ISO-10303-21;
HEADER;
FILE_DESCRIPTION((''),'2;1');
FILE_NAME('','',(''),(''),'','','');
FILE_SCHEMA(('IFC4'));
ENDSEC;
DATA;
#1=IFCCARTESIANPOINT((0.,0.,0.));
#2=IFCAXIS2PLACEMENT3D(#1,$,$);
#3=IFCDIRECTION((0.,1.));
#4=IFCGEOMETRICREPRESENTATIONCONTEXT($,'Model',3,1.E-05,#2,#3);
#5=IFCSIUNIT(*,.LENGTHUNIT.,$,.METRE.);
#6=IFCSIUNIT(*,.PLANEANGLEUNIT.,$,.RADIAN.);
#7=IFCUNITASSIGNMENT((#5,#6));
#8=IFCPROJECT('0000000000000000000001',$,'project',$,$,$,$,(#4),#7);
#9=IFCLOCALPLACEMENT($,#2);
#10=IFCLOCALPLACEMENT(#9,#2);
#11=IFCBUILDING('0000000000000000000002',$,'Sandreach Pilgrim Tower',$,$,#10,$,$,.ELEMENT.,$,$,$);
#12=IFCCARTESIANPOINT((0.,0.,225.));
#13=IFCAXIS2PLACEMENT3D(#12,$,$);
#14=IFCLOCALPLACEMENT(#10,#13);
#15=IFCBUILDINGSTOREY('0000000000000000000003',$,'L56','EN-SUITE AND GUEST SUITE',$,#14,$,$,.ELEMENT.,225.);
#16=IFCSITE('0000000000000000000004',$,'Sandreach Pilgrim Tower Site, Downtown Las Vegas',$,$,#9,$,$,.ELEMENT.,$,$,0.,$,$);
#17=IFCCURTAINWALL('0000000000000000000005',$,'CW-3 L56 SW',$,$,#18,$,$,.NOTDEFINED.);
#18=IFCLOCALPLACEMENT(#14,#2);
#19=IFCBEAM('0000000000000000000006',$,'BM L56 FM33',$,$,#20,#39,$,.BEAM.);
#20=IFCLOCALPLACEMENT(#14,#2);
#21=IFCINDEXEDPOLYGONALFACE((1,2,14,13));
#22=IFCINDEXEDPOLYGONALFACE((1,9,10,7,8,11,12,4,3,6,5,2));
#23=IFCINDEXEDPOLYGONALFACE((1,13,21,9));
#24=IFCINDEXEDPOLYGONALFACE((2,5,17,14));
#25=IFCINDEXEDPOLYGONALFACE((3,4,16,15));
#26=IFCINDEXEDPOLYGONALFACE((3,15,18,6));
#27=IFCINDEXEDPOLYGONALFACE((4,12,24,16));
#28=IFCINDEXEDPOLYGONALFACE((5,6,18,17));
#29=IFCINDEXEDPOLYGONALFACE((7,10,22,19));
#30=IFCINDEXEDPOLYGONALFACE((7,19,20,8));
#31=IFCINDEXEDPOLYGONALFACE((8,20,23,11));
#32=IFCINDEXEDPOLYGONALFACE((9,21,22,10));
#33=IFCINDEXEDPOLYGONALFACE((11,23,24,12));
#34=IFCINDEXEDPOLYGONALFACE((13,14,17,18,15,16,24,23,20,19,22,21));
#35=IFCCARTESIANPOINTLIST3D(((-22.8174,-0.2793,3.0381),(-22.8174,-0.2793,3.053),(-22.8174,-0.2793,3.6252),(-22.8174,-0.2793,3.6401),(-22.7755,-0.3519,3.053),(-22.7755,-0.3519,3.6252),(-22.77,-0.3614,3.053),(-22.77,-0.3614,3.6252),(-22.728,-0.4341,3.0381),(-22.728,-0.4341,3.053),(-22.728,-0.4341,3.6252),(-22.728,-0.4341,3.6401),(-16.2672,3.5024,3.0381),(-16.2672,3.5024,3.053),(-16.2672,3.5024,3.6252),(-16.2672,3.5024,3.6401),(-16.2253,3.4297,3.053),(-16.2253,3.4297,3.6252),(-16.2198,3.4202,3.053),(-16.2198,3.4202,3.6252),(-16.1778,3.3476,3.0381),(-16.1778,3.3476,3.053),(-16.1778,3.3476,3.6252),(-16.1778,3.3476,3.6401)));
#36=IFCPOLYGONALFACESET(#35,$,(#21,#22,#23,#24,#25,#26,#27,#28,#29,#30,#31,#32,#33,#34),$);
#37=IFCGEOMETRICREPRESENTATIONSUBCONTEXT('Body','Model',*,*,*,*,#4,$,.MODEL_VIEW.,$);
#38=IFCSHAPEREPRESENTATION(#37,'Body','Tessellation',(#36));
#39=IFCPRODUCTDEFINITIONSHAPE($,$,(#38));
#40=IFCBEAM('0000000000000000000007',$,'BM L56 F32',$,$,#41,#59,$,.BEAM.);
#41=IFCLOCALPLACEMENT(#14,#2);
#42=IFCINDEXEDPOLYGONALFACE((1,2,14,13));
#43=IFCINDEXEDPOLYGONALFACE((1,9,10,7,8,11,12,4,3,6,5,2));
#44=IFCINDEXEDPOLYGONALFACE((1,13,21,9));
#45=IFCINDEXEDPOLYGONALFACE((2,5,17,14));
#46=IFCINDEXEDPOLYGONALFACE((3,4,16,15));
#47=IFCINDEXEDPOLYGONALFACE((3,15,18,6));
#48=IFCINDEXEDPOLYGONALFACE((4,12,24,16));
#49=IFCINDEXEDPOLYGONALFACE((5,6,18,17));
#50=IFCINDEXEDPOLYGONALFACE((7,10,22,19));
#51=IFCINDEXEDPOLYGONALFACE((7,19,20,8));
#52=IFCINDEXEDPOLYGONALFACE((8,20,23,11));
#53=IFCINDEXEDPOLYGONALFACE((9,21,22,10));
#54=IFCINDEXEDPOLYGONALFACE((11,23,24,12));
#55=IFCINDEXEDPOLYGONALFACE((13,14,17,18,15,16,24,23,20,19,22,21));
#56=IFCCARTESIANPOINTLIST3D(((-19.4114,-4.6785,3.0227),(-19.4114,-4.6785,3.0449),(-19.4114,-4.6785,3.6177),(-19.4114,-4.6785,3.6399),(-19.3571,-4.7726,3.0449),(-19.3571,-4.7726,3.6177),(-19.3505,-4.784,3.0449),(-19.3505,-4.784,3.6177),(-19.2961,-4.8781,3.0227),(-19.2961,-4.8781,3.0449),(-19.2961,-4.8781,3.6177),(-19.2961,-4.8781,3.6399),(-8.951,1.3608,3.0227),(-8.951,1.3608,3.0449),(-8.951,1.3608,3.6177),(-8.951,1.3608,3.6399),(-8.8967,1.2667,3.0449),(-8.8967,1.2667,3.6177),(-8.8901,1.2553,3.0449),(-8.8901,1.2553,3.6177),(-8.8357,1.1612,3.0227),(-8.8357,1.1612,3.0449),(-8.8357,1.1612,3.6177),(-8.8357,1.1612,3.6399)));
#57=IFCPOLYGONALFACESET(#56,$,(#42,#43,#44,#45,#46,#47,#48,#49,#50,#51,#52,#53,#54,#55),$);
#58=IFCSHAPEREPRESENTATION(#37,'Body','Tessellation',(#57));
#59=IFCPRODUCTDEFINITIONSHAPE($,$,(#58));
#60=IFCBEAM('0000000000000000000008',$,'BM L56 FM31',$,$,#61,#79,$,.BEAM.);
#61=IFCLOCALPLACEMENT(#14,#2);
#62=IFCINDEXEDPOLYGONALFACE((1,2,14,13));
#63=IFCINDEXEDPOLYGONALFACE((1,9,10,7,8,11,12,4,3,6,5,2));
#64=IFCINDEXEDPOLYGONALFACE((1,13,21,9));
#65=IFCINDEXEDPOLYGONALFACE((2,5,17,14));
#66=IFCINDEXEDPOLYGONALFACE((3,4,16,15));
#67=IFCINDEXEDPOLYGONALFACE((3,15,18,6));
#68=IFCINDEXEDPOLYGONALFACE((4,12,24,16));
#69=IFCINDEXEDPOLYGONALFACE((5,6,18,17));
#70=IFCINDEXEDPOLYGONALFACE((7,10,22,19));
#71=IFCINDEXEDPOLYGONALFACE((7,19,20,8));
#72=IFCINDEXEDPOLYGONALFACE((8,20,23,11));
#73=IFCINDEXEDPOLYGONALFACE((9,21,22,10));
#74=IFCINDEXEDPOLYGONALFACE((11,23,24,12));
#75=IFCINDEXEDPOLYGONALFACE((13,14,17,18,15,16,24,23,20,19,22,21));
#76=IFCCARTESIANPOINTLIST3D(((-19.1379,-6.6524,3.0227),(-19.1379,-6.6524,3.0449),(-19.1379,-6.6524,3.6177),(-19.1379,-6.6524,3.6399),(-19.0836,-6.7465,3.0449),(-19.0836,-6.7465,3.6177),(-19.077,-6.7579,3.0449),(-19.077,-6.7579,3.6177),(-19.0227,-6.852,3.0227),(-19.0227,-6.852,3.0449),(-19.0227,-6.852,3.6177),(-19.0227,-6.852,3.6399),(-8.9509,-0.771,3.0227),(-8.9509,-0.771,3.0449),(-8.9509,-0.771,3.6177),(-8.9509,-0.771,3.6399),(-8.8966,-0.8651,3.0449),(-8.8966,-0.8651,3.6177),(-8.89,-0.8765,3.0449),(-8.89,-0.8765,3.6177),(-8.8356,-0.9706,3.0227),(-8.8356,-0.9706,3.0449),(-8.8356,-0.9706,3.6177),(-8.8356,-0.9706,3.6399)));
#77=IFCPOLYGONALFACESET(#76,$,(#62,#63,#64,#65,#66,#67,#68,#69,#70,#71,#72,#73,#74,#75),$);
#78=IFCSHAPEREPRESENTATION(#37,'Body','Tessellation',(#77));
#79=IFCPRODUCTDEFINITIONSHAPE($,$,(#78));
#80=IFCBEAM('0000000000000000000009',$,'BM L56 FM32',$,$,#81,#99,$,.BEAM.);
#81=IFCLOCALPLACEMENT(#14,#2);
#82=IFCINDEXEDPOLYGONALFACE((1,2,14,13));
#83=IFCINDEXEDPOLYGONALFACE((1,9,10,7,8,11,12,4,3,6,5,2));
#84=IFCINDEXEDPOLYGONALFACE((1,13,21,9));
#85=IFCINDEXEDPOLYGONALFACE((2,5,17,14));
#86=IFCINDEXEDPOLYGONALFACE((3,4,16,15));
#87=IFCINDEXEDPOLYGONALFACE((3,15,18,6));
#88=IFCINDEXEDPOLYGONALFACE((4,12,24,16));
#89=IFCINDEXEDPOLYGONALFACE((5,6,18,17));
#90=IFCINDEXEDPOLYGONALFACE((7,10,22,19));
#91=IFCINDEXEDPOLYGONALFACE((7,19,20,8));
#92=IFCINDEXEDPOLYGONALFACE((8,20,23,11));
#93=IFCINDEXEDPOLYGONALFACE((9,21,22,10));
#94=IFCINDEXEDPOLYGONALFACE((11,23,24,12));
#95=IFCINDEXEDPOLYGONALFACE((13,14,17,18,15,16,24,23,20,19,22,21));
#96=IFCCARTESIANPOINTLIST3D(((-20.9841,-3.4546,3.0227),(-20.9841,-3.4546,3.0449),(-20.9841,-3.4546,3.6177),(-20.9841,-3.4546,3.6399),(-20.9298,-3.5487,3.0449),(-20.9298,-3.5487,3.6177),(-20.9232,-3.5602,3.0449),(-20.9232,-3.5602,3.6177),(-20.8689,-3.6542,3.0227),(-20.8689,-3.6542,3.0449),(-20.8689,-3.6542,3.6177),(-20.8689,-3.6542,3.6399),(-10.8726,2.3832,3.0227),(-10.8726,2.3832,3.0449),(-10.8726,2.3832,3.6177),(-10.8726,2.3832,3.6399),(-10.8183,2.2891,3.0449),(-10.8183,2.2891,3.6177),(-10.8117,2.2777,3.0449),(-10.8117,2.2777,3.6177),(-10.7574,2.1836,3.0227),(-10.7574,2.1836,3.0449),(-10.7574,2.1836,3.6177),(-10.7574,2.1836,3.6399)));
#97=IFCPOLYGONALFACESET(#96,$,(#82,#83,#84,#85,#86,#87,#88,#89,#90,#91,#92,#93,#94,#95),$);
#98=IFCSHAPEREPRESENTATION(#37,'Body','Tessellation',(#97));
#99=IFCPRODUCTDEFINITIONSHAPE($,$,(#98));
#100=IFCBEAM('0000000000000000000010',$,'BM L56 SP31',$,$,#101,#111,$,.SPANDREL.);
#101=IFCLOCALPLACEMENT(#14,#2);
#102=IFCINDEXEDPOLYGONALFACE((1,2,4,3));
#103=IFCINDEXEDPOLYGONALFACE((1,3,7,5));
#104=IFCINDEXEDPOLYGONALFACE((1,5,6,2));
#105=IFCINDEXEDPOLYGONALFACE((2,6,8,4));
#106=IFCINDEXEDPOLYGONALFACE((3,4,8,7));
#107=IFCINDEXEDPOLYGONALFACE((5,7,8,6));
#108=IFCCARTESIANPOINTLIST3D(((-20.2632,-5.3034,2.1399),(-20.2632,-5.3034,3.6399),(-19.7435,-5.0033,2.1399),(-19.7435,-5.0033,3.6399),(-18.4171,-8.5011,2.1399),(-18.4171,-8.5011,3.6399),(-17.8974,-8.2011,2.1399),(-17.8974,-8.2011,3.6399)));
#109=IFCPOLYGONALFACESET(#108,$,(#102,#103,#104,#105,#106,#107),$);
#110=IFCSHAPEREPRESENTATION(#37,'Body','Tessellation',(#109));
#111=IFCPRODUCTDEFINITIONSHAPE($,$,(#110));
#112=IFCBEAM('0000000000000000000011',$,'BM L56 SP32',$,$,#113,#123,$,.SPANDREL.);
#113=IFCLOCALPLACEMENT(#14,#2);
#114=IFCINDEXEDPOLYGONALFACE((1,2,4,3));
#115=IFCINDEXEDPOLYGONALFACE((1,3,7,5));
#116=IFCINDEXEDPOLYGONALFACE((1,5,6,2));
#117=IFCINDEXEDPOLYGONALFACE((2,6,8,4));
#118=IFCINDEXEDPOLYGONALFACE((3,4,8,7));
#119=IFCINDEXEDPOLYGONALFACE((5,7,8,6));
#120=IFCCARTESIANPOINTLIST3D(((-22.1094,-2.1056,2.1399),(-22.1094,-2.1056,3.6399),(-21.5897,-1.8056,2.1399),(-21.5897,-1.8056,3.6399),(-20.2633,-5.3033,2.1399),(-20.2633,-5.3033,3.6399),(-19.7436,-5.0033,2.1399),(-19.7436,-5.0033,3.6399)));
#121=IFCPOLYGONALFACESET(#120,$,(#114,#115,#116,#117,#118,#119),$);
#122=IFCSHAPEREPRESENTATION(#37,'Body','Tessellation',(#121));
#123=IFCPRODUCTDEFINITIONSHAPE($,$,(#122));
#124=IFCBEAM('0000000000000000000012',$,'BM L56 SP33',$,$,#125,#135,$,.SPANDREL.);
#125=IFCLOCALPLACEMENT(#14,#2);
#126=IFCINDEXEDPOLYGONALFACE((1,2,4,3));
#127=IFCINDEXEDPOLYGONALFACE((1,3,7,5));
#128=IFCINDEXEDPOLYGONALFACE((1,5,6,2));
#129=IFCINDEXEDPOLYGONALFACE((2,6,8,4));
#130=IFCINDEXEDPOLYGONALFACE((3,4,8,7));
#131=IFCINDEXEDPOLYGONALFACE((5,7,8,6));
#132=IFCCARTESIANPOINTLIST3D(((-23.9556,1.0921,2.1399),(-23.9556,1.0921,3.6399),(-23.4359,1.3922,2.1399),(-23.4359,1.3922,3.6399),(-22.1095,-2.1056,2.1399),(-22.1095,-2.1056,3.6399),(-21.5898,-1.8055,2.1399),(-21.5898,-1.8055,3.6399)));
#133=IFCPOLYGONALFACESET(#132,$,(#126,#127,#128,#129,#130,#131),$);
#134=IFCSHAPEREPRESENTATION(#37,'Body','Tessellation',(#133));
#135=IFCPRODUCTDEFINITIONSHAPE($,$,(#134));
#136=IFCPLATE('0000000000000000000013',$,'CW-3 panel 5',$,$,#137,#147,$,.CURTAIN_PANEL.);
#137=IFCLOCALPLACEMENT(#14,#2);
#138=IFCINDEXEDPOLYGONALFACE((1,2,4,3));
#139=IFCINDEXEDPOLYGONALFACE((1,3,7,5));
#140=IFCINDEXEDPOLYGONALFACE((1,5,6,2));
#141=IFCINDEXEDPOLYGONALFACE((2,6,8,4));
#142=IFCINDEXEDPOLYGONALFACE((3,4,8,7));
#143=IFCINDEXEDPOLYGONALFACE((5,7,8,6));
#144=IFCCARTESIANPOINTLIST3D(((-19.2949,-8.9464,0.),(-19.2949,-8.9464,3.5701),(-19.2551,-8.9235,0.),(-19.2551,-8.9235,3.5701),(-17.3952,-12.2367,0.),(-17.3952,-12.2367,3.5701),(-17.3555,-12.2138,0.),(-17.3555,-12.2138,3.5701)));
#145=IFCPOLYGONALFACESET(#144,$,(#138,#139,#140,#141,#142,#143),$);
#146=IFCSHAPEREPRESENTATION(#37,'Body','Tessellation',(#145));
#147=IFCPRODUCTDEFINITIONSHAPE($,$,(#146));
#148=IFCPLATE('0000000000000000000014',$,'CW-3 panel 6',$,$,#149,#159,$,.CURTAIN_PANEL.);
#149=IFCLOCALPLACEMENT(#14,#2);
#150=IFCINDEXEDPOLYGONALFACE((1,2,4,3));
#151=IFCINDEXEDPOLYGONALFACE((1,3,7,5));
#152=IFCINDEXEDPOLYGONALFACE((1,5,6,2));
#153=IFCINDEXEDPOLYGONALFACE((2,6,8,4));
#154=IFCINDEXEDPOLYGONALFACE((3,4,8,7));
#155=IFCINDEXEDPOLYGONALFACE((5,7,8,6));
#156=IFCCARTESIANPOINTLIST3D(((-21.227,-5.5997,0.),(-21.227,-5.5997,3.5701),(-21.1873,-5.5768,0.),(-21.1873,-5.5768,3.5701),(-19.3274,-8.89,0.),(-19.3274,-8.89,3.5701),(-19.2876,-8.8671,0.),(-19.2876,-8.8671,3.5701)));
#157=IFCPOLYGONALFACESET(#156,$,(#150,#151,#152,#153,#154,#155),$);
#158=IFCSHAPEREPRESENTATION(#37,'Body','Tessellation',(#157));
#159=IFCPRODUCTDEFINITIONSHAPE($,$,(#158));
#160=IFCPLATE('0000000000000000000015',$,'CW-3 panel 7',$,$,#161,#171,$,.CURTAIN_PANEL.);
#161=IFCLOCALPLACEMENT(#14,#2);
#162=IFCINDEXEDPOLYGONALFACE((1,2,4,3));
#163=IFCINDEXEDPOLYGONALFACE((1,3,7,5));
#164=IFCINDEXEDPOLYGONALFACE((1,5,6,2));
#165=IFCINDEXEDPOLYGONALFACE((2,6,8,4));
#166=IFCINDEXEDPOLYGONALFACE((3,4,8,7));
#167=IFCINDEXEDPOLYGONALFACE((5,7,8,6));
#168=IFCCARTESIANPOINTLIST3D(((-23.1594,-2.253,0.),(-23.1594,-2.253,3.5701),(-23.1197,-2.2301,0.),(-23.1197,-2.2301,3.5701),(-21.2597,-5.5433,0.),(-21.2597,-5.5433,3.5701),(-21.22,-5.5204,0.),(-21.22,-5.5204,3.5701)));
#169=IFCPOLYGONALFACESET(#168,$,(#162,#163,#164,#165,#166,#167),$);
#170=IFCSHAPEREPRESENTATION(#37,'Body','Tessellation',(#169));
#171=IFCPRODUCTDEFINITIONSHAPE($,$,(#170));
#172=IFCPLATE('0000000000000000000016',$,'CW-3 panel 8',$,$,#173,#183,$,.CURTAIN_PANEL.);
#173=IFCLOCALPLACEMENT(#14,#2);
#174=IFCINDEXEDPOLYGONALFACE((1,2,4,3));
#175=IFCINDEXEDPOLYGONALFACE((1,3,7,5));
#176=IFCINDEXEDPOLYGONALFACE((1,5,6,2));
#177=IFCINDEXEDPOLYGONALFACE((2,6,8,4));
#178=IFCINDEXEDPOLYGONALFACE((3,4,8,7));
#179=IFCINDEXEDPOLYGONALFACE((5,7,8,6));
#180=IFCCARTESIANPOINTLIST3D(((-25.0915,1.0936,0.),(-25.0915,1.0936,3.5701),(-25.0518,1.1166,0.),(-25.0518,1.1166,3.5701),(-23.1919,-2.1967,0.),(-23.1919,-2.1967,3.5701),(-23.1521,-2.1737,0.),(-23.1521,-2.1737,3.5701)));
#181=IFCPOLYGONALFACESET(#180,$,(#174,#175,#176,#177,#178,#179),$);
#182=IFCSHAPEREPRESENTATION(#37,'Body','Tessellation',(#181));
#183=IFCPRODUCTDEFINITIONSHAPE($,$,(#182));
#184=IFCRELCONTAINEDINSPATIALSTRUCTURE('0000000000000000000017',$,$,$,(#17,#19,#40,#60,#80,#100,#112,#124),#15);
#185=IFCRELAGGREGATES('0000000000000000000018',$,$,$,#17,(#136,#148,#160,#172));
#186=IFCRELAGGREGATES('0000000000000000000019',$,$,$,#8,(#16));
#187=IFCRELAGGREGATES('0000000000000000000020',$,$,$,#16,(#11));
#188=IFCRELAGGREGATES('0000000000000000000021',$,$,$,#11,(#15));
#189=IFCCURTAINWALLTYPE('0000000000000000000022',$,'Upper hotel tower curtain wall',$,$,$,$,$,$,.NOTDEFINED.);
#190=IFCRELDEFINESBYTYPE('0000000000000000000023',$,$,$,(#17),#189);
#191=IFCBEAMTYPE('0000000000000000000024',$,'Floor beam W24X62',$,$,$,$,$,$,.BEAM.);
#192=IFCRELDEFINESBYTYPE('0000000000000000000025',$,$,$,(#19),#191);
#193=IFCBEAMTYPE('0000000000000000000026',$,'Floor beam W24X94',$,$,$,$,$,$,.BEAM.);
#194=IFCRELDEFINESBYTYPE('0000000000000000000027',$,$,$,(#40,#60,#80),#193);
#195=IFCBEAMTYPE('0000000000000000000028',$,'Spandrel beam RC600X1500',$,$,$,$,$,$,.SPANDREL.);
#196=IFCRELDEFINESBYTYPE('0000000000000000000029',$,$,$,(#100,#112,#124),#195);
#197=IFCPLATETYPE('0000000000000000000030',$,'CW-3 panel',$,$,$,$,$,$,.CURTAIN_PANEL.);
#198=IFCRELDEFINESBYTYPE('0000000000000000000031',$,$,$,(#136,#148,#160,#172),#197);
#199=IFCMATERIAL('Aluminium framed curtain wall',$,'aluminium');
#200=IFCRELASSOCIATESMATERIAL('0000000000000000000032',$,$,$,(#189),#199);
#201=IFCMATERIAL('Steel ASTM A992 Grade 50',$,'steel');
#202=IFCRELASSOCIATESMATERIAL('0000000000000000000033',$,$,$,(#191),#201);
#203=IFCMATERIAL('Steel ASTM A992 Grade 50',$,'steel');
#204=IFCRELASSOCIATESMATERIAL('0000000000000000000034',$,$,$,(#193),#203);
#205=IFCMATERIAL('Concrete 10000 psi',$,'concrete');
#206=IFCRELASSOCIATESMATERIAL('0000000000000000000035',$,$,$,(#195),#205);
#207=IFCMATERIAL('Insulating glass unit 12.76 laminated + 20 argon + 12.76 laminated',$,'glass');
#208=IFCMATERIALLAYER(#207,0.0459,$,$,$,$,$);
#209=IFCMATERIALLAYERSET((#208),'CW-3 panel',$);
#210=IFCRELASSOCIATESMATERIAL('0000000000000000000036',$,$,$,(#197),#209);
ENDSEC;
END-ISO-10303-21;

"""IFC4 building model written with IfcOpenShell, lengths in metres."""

from ifc_helpers import new_model, si_unit, direction, frame, origin, origin_2d, place, context, subcontext, project, spatial, rectangle, i_section, extrude, material, layer, layer_set, material_profile, profile_set, type_object, element, aggregate, save


model = new_model("IFC4")

# Units and contexts
model_context = context("Model", 3, precision=1e-05, world=origin(), true_north=direction((0.0, 1.0)))
body_context = subcontext(model_context, "Body", "Model", "MODEL_VIEW")
ifc_project = project(units=[si_unit("LENGTHUNIT", "METRE"), si_unit("PLANEANGLEUNIT", "RADIAN")], contexts=[model_context])

# Site, building, storey
site_placement = place(None, origin())
site = spatial("IfcSite", under=ifc_project, at=site_placement, Name="Sandreach Pilgrim Tower Site, Downtown Las Vegas", CompositionType="ELEMENT", RefElevation=0.0)
building_placement = place(site_placement, origin())
building = spatial("IfcBuilding", under=site, at=building_placement, Name="Sandreach Pilgrim Tower", CompositionType="ELEMENT")
storey_placement = place(building_placement, frame((0.0, 0.0, 225.0)))
storey = spatial("IfcBuildingStorey", under=building, at=storey_placement, Name="L56", Description="EN-SUITE AND GUEST SUITE", CompositionType="ELEMENT", Elevation=225.0)

# Curtain wall
ifc_material_1 = material(Name="Aluminium framed curtain wall", Category="aluminium")
curtain_wall_type = type_object("IfcCurtainWallType", Name="Upper hotel tower curtain wall", PredefinedType="NOTDEFINED", material=ifc_material_1)
curtain_wall_placement = place(storey_placement, origin())
curtain_wall = element("IfcCurtainWall", 1, at=curtain_wall_placement, inside=storey, type_object=curtain_wall_type, Name="CW-3 L56 SW", PredefinedType="NOTDEFINED")

# Beams
ifc_material_2 = material(Name="Steel ASTM A992 Grade 50", Category="steel")
ifc_material_profile_1 = material_profile(ifc_material_2, i_section(OverallWidth=0.1787, OverallDepth=0.6021, WebThickness=0.011, FlangeThickness=0.0149, at=origin_2d()), Name="W24X62")
ifc_profile_set_1 = profile_set([ifc_material_profile_1], Name="Steel ASTM A992 Grade 50")
beam_type_1 = type_object("IfcBeamType", Name="Floor beam W24X62", PredefinedType="BEAM", material=ifc_profile_set_1)
beam_1_placement = place(storey_placement, frame((-22.7727, -0.3567, 3.3391), z_axis=(0.86603, 0.499993, 0.0), x_axis=(-0.499993, 0.86603, 0.0)))
element("IfcBeam", 2, at=beam_1_placement, inside=storey, type_object=beam_type_1, Name="BM L56 FM33", PredefinedType="BEAM", context=body_context, shape_type="SweptSolid", body=[
    extrude(i_section(OverallWidth=0.1787, OverallDepth=0.6021, WebThickness=0.011, FlangeThickness=0.0149, at=origin_2d()), origin(), (0.0, 0.0, 1.0), 7.5635),
])
ifc_material_3 = material(Name="Steel ASTM A992 Grade 50", Category="steel")
ifc_material_profile_2 = material_profile(ifc_material_3, i_section(OverallWidth=0.2305, OverallDepth=0.6172, WebThickness=0.0132, FlangeThickness=0.0222, at=origin_2d()), Name="W24X94")
ifc_profile_set_2 = profile_set([ifc_material_profile_2], Name="Steel ASTM A992 Grade 50")
beam_type_2 = type_object("IfcBeamType", Name="Floor beam W24X94", PredefinedType="BEAM", material=ifc_profile_set_2)
beam_2_placement = place(storey_placement, frame((-19.3538, -4.7783, 3.3313), z_axis=(0.866027, 0.499998, 0.0), x_axis=(-0.499998, 0.866027, 0.0)))
element("IfcBeam", 3, at=beam_2_placement, inside=storey, type_object=beam_type_2, Name="BM L56 F32", PredefinedType="BEAM", context=body_context, shape_type="SweptSolid", body=[
    extrude(i_section(OverallWidth=0.2305, OverallDepth=0.6172, WebThickness=0.0132, FlangeThickness=0.0222, at=origin_2d()), origin(), (0.0, 0.0, 1.0), 12.0786),
])
beam_3_placement = place(storey_placement, frame((-19.0803, -6.7522, 3.3313), z_axis=(0.86603, 0.499992, 0.0), x_axis=(-0.499992, 0.86603, 0.0)))
element("IfcBeam", 4, at=beam_3_placement, inside=storey, type_object=beam_type_2, Name="BM L56 FM31", PredefinedType="BEAM", context=body_context, shape_type="SweptSolid", body=[
    extrude(i_section(OverallWidth=0.2305, OverallDepth=0.6172, WebThickness=0.0132, FlangeThickness=0.0222, at=origin_2d()), origin(), (0.0, 0.0, 1.0), 11.7629),
])
beam_4_placement = place(storey_placement, frame((-20.9265, -3.5544, 3.3313), z_axis=(0.866026, 0.499998, 0.0), x_axis=(-0.499998, 0.866026, 0.0)))
element("IfcBeam", 5, at=beam_4_placement, inside=storey, type_object=beam_type_2, Name="BM L56 FM32", PredefinedType="BEAM", context=body_context, shape_type="SweptSolid", body=[
    extrude(i_section(OverallWidth=0.2305, OverallDepth=0.6172, WebThickness=0.0132, FlangeThickness=0.0222, at=origin_2d()), origin(), (0.0, 0.0, 1.0), 11.6758),
])
ifc_material_4 = material(Name="Concrete 10000 psi", Category="concrete")
ifc_material_profile_3 = material_profile(ifc_material_4, rectangle(XDim=0.6001, YDim=1.5, at=origin_2d()), Name="RC600X1500")
ifc_profile_set_3 = profile_set([ifc_material_profile_3], Name="Concrete 10000 psi")
beam_type_3 = type_object("IfcBeamType", Name="Spandrel beam RC600X1500", PredefinedType="SPANDREL", material=ifc_profile_set_3)
for number, where, z_axis, x_axis, name in (
    (6, (-18.1572, -8.3511, 2.8899), (-0.499993, 0.866029, 0.0), (-0.866029, -0.499993, 0.0), "BM L56 SP31"),
    (7, (-20.0034, -5.1533, 2.8899), (-0.499993, 0.866029, 0.0), (-0.866029, -0.499993, 0.0), "BM L56 SP32"),
    (8, (-21.8496, -1.9556, 2.8899), (-0.499993, 0.866029, 0.0), (-0.866029, -0.499993, 0.0), "BM L56 SP33"),
):
    element("IfcBeam", number, at=place(storey_placement, frame(where, z_axis=z_axis, x_axis=x_axis)), inside=storey, type_object=beam_type_3, Name=name, PredefinedType="SPANDREL", context=body_context, shape_type="SweptSolid", body=[
        extrude(rectangle(XDim=0.6001, YDim=1.5, at=origin_2d()), origin(), (0.0, 0.0, 1.0), 3.6924),
    ])

# Plates
ifc_material_5 = material(Name="Insulating glass unit 12.76 laminated + 20 argon + 12.76 laminated", Category="glass")
ifc_layer_1 = layer(ifc_material_5, 0.0459)
ifc_layer_set_1 = layer_set([ifc_layer_1], Name="CW-3 panel")
plate_type = type_object("IfcPlateType", Name="CW-3 panel", PredefinedType="CURTAIN_PANEL", material=ifc_layer_set_1)
plate_1_placement = place(storey_placement, frame((-18.3252, -10.5801, 0.0), z_axis=(0.0, 0.0, 1.0), x_axis=(-0.5, 0.866025, 0.0)))
plate_1 = element("IfcPlate", 9, at=plate_1_placement, type_object=plate_type, Name="CW-3 panel 5", PredefinedType="CURTAIN_PANEL", context=body_context, shape_type="SweptSolid", body=[
    extrude(rectangle(XDim=3.7993, YDim=0.0459, at=origin_2d()), origin(), (0.0, 0.0, 1.0), 3.5701),
])
plate_2_placement = place(storey_placement, frame((-20.2573, -7.2334, 0.0), z_axis=(0.0, 0.0, 1.0), x_axis=(-0.5, 0.866025, 0.0)))
plate_2 = element("IfcPlate", 10, at=plate_2_placement, type_object=plate_type, Name="CW-3 panel 6", PredefinedType="CURTAIN_PANEL", context=body_context, shape_type="SweptSolid", body=[
    extrude(rectangle(XDim=3.7993, YDim=0.0459, at=origin_2d()), origin(), (0.0, 0.0, 1.0), 3.5701),
])
plate_3_placement = place(storey_placement, frame((-22.1897, -3.8867, 0.0), z_axis=(0.0, 0.0, 1.0), x_axis=(-0.5, 0.866025, 0.0)))
plate_3 = element("IfcPlate", 11, at=plate_3_placement, type_object=plate_type, Name="CW-3 panel 7", PredefinedType="CURTAIN_PANEL", context=body_context, shape_type="SweptSolid", body=[
    extrude(rectangle(XDim=3.7993, YDim=0.0459, at=origin_2d()), origin(), (0.0, 0.0, 1.0), 3.5701),
])
plate_4_placement = place(storey_placement, frame((-24.1218, -0.54, 0.0), z_axis=(0.0, 0.0, 1.0), x_axis=(-0.5, 0.866025, 0.0)))
plate_4 = element("IfcPlate", 12, at=plate_4_placement, type_object=plate_type, Name="CW-3 panel 8", PredefinedType="CURTAIN_PANEL", context=body_context, shape_type="SweptSolid", body=[
    extrude(rectangle(XDim=3.7993, YDim=0.0459, at=origin_2d()), origin(), (0.0, 0.0, 1.0), 3.5701),
])
aggregate(curtain_wall, [plate_1, plate_2, plate_3, plate_4])

save(model, "model.ifc")
